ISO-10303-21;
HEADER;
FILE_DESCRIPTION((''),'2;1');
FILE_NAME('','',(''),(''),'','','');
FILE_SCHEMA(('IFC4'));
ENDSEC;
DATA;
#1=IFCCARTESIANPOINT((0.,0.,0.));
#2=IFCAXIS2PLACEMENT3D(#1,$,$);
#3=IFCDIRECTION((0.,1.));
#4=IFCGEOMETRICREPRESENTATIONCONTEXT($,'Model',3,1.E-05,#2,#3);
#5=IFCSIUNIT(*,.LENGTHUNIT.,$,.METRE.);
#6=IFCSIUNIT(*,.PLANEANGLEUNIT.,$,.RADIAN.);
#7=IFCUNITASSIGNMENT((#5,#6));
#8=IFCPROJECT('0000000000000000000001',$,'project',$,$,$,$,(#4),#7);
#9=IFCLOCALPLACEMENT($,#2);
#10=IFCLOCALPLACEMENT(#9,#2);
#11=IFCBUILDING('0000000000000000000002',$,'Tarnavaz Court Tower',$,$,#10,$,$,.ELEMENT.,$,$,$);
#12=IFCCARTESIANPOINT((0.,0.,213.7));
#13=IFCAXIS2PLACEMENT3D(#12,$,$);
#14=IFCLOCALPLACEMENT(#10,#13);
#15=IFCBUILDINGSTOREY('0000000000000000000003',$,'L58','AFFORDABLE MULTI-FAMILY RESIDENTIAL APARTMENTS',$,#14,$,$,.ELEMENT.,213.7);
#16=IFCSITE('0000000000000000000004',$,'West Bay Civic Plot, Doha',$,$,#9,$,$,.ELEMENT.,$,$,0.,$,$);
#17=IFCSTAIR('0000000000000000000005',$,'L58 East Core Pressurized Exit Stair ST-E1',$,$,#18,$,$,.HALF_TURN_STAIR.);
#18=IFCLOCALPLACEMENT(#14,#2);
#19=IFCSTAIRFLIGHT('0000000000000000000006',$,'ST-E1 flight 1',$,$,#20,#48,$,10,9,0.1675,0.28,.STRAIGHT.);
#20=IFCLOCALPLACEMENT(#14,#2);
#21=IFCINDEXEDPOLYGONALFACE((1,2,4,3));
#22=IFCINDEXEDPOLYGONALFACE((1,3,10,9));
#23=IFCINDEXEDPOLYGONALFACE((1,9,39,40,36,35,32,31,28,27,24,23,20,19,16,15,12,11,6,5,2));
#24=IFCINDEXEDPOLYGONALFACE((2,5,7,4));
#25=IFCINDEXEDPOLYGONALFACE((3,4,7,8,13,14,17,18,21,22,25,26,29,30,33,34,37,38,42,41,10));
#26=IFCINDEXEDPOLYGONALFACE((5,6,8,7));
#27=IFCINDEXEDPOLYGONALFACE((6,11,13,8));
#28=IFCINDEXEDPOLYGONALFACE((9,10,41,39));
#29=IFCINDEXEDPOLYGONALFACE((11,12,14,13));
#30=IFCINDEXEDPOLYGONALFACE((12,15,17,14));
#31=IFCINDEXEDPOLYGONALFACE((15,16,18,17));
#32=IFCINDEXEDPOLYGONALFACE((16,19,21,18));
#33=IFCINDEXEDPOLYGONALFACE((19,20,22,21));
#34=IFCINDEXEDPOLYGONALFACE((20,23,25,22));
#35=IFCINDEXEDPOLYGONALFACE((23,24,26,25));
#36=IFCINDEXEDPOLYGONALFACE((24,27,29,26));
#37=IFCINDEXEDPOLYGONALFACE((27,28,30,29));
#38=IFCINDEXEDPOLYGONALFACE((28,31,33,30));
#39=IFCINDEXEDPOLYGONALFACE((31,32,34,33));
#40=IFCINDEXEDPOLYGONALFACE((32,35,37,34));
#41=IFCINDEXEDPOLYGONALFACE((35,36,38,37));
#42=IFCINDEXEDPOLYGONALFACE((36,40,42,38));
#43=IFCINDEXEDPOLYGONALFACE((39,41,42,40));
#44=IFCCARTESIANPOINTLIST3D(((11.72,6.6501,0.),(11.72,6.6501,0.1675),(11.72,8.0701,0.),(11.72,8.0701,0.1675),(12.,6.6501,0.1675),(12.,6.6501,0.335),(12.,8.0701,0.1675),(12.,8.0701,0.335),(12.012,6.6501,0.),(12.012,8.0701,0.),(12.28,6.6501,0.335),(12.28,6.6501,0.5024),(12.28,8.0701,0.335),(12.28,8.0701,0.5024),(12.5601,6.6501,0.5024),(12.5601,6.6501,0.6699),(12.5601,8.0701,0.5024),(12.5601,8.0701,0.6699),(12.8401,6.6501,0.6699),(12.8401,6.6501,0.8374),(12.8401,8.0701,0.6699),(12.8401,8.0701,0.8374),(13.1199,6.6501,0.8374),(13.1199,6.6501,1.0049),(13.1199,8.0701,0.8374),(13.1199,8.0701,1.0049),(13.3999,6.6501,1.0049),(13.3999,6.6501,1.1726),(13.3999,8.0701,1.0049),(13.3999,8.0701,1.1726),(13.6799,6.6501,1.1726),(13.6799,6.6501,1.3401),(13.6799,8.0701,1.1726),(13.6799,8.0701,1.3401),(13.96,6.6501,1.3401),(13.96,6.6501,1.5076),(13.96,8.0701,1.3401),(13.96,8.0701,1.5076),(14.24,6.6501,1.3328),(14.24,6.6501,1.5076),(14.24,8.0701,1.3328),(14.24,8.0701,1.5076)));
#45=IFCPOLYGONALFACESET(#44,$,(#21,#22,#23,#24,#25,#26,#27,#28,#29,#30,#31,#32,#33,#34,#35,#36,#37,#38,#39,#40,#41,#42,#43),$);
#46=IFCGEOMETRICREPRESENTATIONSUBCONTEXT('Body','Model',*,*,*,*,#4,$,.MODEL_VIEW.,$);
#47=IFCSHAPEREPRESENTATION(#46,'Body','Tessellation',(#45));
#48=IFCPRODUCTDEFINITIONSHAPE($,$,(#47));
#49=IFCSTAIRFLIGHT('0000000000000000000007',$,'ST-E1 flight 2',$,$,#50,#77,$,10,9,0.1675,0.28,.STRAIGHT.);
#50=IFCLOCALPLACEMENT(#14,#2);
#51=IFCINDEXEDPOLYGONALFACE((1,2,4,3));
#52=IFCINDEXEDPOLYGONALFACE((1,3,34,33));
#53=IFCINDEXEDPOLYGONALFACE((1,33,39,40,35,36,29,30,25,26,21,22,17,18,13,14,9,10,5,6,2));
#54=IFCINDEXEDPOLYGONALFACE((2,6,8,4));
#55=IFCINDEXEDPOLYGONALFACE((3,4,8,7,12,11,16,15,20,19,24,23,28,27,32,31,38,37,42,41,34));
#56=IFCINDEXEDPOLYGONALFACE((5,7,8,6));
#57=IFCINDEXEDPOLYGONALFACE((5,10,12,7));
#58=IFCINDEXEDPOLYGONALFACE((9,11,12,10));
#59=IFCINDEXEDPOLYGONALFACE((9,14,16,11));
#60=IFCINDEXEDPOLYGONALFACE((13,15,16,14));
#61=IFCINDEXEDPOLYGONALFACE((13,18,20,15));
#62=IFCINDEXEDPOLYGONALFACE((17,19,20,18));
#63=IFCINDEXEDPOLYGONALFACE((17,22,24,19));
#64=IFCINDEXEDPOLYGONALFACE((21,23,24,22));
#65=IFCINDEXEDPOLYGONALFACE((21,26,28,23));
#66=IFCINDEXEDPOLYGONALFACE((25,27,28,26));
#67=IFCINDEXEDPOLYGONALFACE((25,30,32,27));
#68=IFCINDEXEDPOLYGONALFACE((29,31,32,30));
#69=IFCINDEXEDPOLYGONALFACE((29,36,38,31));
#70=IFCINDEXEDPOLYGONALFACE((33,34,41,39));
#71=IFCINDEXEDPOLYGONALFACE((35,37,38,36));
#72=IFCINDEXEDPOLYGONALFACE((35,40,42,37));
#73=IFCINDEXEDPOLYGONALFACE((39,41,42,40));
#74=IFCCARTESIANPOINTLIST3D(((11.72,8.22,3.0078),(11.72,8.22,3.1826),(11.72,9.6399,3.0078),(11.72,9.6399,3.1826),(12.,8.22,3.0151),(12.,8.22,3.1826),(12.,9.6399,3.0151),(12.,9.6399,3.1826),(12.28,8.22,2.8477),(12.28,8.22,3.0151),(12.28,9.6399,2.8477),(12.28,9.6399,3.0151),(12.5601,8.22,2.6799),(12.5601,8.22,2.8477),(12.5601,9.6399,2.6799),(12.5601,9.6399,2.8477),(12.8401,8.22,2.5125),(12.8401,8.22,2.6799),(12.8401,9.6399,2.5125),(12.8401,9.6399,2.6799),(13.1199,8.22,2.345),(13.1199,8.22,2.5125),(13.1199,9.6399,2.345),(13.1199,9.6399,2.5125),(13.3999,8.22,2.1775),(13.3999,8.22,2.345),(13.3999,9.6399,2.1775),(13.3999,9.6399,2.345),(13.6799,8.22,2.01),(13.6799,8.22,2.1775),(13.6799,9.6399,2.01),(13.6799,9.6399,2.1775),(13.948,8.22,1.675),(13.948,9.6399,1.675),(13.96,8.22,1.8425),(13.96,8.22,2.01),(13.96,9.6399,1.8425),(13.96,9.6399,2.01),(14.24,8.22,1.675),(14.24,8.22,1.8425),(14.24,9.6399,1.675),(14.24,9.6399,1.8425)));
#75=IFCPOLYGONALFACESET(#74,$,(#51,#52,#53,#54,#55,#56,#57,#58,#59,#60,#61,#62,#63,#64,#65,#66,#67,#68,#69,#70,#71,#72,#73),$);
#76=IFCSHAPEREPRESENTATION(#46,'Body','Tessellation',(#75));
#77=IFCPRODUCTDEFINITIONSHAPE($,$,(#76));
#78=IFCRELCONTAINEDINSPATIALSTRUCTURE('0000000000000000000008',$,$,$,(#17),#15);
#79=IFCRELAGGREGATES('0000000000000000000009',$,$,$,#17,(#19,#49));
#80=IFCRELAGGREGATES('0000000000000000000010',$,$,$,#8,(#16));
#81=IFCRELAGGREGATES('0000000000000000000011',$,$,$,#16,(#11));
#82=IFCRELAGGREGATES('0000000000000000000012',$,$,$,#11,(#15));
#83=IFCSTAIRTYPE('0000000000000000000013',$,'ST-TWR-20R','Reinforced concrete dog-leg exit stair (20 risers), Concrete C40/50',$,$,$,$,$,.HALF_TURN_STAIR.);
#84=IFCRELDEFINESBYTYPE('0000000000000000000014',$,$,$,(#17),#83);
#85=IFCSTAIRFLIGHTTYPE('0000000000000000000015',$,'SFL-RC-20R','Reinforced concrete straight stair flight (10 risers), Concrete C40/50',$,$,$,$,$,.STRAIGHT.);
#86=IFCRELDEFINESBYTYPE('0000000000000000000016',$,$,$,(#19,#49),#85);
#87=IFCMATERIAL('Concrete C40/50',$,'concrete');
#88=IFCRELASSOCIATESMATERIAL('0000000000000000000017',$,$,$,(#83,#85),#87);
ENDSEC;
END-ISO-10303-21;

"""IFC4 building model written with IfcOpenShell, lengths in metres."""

from ifc_helpers import new_model, si_unit, direction, frame, origin, place, context, subcontext, project, spatial, polyline, outline, extrude, material, type_object, element, aggregate, save


model = new_model("IFC4")

# Units and contexts
model_context = context("Model", 3, precision=1e-05, world=origin(), true_north=direction((0.0, 1.0)))
body_context = subcontext(model_context, "Body", "Model", "MODEL_VIEW")
ifc_project = project(units=[si_unit("LENGTHUNIT", "METRE"), si_unit("PLANEANGLEUNIT", "RADIAN")], contexts=[model_context])

# Site, building, storey
site_placement = place(None, origin())
site = spatial("IfcSite", under=ifc_project, at=site_placement, Name="West Bay Civic Plot, Doha", CompositionType="ELEMENT", RefElevation=0.0)
building_placement = place(site_placement, origin())
building = spatial("IfcBuilding", under=site, at=building_placement, Name="Tarnavaz Court Tower", CompositionType="ELEMENT")
storey_placement = place(building_placement, frame((0.0, 0.0, 213.7)))
storey = spatial("IfcBuildingStorey", under=building, at=storey_placement, Name="L58", Description="AFFORDABLE MULTI-FAMILY RESIDENTIAL APARTMENTS", CompositionType="ELEMENT", Elevation=213.7)

# Stair, stair flights
ifc_material_1 = material(Name="Concrete C40/50", Category="concrete")
stair_type = type_object("IfcStairType", Name="ST-TWR-20R", Description="Reinforced concrete dog-leg exit stair (20 risers), Concrete C40/50", PredefinedType="HALF_TURN_STAIR", material=ifc_material_1)
stair_placement = place(storey_placement, origin())
stair = element("IfcStair", 1, at=stair_placement, inside=storey, type_object=stair_type, Name="L58 East Core Pressurized Exit Stair ST-E1", PredefinedType="HALF_TURN_STAIR")
stair_flight_type = type_object("IfcStairFlightType", Name="SFL-RC-20R", Description="Reinforced concrete straight stair flight (10 risers), Concrete C40/50", PredefinedType="STRAIGHT", material=ifc_material_1)
stair_flight_1_placement = place(storey_placement, frame((11.72, 7.3601, 0.0), z_axis=(0.0, 0.0, 1.0), x_axis=(1.0, 0.0, 0.0)))
stair_flight_1 = element("IfcStairFlight", 2, at=stair_flight_1_placement, type_object=stair_flight_type, Name="ST-E1 flight 1", NumberOfRisers=10, NumberOfTreads=9, PredefinedType="STRAIGHT", RiserHeight=0.1675, TreadLength=0.28, context=body_context, shape_type="SweptSolid", body=[
    extrude(outline(polyline([(0.0, 0.0), (0.0, 0.1675), (0.28, 0.1675), (0.28, 0.335), (0.5601, 0.335), (0.5601, 0.5024), (0.8401, 0.5024), (0.8401, 0.6699), (1.1201, 0.6699), (1.1201, 0.8374), (1.3999, 0.8374), (1.3999, 1.0049), (1.6799, 1.0049), (1.6799, 1.1726), (1.96, 1.1726), (1.96, 1.3401), (2.24, 1.3401), (2.24, 1.5076), (2.52, 1.5076), (2.52, 1.675), (2.52, 1.3328), (0.292, 0.0), (0.0, 0.0)])), frame((0.0, 0.71, 0.0), z_axis=(0.0, -1.0, 0.0), x_axis=(1.0, 0.0, 0.0)), (0.0, 0.0, 1.0), 1.4199),
])
stair_flight_2_placement = place(storey_placement, frame((14.24, 8.9299, 1.675), z_axis=(0.0, 0.0, 1.0), x_axis=(-1.0, 0.0, 0.0)))
stair_flight_2 = element("IfcStairFlight", 3, at=stair_flight_2_placement, type_object=stair_flight_type, Name="ST-E1 flight 2", NumberOfRisers=10, NumberOfTreads=9, PredefinedType="STRAIGHT", RiserHeight=0.1675, TreadLength=0.28, context=body_context, shape_type="SweptSolid", body=[
    extrude(outline(polyline([(0.0, 0.0), (0.0, 0.1675), (0.28, 0.1675), (0.28, 0.335), (0.5601, 0.335), (0.5601, 0.5024), (0.8401, 0.5024), (0.8401, 0.6699), (1.1201, 0.6699), (1.1201, 0.8374), (1.3999, 0.8374), (1.3999, 1.0049), (1.6799, 1.0049), (1.6799, 1.1726), (1.96, 1.1726), (1.96, 1.3401), (2.24, 1.3401), (2.24, 1.5076), (2.52, 1.5076), (2.52, 1.675), (2.52, 1.3328), (0.292, 0.0), (0.0, 0.0)])), frame((0.0, 0.71, 0.0), z_axis=(0.0, -1.0, 0.0), x_axis=(1.0, 0.0, 0.0)), (0.0, 0.0, 1.0), 1.4199),
])
aggregate(stair, [stair_flight_1, stair_flight_2])

save(model, "model.ifc")
